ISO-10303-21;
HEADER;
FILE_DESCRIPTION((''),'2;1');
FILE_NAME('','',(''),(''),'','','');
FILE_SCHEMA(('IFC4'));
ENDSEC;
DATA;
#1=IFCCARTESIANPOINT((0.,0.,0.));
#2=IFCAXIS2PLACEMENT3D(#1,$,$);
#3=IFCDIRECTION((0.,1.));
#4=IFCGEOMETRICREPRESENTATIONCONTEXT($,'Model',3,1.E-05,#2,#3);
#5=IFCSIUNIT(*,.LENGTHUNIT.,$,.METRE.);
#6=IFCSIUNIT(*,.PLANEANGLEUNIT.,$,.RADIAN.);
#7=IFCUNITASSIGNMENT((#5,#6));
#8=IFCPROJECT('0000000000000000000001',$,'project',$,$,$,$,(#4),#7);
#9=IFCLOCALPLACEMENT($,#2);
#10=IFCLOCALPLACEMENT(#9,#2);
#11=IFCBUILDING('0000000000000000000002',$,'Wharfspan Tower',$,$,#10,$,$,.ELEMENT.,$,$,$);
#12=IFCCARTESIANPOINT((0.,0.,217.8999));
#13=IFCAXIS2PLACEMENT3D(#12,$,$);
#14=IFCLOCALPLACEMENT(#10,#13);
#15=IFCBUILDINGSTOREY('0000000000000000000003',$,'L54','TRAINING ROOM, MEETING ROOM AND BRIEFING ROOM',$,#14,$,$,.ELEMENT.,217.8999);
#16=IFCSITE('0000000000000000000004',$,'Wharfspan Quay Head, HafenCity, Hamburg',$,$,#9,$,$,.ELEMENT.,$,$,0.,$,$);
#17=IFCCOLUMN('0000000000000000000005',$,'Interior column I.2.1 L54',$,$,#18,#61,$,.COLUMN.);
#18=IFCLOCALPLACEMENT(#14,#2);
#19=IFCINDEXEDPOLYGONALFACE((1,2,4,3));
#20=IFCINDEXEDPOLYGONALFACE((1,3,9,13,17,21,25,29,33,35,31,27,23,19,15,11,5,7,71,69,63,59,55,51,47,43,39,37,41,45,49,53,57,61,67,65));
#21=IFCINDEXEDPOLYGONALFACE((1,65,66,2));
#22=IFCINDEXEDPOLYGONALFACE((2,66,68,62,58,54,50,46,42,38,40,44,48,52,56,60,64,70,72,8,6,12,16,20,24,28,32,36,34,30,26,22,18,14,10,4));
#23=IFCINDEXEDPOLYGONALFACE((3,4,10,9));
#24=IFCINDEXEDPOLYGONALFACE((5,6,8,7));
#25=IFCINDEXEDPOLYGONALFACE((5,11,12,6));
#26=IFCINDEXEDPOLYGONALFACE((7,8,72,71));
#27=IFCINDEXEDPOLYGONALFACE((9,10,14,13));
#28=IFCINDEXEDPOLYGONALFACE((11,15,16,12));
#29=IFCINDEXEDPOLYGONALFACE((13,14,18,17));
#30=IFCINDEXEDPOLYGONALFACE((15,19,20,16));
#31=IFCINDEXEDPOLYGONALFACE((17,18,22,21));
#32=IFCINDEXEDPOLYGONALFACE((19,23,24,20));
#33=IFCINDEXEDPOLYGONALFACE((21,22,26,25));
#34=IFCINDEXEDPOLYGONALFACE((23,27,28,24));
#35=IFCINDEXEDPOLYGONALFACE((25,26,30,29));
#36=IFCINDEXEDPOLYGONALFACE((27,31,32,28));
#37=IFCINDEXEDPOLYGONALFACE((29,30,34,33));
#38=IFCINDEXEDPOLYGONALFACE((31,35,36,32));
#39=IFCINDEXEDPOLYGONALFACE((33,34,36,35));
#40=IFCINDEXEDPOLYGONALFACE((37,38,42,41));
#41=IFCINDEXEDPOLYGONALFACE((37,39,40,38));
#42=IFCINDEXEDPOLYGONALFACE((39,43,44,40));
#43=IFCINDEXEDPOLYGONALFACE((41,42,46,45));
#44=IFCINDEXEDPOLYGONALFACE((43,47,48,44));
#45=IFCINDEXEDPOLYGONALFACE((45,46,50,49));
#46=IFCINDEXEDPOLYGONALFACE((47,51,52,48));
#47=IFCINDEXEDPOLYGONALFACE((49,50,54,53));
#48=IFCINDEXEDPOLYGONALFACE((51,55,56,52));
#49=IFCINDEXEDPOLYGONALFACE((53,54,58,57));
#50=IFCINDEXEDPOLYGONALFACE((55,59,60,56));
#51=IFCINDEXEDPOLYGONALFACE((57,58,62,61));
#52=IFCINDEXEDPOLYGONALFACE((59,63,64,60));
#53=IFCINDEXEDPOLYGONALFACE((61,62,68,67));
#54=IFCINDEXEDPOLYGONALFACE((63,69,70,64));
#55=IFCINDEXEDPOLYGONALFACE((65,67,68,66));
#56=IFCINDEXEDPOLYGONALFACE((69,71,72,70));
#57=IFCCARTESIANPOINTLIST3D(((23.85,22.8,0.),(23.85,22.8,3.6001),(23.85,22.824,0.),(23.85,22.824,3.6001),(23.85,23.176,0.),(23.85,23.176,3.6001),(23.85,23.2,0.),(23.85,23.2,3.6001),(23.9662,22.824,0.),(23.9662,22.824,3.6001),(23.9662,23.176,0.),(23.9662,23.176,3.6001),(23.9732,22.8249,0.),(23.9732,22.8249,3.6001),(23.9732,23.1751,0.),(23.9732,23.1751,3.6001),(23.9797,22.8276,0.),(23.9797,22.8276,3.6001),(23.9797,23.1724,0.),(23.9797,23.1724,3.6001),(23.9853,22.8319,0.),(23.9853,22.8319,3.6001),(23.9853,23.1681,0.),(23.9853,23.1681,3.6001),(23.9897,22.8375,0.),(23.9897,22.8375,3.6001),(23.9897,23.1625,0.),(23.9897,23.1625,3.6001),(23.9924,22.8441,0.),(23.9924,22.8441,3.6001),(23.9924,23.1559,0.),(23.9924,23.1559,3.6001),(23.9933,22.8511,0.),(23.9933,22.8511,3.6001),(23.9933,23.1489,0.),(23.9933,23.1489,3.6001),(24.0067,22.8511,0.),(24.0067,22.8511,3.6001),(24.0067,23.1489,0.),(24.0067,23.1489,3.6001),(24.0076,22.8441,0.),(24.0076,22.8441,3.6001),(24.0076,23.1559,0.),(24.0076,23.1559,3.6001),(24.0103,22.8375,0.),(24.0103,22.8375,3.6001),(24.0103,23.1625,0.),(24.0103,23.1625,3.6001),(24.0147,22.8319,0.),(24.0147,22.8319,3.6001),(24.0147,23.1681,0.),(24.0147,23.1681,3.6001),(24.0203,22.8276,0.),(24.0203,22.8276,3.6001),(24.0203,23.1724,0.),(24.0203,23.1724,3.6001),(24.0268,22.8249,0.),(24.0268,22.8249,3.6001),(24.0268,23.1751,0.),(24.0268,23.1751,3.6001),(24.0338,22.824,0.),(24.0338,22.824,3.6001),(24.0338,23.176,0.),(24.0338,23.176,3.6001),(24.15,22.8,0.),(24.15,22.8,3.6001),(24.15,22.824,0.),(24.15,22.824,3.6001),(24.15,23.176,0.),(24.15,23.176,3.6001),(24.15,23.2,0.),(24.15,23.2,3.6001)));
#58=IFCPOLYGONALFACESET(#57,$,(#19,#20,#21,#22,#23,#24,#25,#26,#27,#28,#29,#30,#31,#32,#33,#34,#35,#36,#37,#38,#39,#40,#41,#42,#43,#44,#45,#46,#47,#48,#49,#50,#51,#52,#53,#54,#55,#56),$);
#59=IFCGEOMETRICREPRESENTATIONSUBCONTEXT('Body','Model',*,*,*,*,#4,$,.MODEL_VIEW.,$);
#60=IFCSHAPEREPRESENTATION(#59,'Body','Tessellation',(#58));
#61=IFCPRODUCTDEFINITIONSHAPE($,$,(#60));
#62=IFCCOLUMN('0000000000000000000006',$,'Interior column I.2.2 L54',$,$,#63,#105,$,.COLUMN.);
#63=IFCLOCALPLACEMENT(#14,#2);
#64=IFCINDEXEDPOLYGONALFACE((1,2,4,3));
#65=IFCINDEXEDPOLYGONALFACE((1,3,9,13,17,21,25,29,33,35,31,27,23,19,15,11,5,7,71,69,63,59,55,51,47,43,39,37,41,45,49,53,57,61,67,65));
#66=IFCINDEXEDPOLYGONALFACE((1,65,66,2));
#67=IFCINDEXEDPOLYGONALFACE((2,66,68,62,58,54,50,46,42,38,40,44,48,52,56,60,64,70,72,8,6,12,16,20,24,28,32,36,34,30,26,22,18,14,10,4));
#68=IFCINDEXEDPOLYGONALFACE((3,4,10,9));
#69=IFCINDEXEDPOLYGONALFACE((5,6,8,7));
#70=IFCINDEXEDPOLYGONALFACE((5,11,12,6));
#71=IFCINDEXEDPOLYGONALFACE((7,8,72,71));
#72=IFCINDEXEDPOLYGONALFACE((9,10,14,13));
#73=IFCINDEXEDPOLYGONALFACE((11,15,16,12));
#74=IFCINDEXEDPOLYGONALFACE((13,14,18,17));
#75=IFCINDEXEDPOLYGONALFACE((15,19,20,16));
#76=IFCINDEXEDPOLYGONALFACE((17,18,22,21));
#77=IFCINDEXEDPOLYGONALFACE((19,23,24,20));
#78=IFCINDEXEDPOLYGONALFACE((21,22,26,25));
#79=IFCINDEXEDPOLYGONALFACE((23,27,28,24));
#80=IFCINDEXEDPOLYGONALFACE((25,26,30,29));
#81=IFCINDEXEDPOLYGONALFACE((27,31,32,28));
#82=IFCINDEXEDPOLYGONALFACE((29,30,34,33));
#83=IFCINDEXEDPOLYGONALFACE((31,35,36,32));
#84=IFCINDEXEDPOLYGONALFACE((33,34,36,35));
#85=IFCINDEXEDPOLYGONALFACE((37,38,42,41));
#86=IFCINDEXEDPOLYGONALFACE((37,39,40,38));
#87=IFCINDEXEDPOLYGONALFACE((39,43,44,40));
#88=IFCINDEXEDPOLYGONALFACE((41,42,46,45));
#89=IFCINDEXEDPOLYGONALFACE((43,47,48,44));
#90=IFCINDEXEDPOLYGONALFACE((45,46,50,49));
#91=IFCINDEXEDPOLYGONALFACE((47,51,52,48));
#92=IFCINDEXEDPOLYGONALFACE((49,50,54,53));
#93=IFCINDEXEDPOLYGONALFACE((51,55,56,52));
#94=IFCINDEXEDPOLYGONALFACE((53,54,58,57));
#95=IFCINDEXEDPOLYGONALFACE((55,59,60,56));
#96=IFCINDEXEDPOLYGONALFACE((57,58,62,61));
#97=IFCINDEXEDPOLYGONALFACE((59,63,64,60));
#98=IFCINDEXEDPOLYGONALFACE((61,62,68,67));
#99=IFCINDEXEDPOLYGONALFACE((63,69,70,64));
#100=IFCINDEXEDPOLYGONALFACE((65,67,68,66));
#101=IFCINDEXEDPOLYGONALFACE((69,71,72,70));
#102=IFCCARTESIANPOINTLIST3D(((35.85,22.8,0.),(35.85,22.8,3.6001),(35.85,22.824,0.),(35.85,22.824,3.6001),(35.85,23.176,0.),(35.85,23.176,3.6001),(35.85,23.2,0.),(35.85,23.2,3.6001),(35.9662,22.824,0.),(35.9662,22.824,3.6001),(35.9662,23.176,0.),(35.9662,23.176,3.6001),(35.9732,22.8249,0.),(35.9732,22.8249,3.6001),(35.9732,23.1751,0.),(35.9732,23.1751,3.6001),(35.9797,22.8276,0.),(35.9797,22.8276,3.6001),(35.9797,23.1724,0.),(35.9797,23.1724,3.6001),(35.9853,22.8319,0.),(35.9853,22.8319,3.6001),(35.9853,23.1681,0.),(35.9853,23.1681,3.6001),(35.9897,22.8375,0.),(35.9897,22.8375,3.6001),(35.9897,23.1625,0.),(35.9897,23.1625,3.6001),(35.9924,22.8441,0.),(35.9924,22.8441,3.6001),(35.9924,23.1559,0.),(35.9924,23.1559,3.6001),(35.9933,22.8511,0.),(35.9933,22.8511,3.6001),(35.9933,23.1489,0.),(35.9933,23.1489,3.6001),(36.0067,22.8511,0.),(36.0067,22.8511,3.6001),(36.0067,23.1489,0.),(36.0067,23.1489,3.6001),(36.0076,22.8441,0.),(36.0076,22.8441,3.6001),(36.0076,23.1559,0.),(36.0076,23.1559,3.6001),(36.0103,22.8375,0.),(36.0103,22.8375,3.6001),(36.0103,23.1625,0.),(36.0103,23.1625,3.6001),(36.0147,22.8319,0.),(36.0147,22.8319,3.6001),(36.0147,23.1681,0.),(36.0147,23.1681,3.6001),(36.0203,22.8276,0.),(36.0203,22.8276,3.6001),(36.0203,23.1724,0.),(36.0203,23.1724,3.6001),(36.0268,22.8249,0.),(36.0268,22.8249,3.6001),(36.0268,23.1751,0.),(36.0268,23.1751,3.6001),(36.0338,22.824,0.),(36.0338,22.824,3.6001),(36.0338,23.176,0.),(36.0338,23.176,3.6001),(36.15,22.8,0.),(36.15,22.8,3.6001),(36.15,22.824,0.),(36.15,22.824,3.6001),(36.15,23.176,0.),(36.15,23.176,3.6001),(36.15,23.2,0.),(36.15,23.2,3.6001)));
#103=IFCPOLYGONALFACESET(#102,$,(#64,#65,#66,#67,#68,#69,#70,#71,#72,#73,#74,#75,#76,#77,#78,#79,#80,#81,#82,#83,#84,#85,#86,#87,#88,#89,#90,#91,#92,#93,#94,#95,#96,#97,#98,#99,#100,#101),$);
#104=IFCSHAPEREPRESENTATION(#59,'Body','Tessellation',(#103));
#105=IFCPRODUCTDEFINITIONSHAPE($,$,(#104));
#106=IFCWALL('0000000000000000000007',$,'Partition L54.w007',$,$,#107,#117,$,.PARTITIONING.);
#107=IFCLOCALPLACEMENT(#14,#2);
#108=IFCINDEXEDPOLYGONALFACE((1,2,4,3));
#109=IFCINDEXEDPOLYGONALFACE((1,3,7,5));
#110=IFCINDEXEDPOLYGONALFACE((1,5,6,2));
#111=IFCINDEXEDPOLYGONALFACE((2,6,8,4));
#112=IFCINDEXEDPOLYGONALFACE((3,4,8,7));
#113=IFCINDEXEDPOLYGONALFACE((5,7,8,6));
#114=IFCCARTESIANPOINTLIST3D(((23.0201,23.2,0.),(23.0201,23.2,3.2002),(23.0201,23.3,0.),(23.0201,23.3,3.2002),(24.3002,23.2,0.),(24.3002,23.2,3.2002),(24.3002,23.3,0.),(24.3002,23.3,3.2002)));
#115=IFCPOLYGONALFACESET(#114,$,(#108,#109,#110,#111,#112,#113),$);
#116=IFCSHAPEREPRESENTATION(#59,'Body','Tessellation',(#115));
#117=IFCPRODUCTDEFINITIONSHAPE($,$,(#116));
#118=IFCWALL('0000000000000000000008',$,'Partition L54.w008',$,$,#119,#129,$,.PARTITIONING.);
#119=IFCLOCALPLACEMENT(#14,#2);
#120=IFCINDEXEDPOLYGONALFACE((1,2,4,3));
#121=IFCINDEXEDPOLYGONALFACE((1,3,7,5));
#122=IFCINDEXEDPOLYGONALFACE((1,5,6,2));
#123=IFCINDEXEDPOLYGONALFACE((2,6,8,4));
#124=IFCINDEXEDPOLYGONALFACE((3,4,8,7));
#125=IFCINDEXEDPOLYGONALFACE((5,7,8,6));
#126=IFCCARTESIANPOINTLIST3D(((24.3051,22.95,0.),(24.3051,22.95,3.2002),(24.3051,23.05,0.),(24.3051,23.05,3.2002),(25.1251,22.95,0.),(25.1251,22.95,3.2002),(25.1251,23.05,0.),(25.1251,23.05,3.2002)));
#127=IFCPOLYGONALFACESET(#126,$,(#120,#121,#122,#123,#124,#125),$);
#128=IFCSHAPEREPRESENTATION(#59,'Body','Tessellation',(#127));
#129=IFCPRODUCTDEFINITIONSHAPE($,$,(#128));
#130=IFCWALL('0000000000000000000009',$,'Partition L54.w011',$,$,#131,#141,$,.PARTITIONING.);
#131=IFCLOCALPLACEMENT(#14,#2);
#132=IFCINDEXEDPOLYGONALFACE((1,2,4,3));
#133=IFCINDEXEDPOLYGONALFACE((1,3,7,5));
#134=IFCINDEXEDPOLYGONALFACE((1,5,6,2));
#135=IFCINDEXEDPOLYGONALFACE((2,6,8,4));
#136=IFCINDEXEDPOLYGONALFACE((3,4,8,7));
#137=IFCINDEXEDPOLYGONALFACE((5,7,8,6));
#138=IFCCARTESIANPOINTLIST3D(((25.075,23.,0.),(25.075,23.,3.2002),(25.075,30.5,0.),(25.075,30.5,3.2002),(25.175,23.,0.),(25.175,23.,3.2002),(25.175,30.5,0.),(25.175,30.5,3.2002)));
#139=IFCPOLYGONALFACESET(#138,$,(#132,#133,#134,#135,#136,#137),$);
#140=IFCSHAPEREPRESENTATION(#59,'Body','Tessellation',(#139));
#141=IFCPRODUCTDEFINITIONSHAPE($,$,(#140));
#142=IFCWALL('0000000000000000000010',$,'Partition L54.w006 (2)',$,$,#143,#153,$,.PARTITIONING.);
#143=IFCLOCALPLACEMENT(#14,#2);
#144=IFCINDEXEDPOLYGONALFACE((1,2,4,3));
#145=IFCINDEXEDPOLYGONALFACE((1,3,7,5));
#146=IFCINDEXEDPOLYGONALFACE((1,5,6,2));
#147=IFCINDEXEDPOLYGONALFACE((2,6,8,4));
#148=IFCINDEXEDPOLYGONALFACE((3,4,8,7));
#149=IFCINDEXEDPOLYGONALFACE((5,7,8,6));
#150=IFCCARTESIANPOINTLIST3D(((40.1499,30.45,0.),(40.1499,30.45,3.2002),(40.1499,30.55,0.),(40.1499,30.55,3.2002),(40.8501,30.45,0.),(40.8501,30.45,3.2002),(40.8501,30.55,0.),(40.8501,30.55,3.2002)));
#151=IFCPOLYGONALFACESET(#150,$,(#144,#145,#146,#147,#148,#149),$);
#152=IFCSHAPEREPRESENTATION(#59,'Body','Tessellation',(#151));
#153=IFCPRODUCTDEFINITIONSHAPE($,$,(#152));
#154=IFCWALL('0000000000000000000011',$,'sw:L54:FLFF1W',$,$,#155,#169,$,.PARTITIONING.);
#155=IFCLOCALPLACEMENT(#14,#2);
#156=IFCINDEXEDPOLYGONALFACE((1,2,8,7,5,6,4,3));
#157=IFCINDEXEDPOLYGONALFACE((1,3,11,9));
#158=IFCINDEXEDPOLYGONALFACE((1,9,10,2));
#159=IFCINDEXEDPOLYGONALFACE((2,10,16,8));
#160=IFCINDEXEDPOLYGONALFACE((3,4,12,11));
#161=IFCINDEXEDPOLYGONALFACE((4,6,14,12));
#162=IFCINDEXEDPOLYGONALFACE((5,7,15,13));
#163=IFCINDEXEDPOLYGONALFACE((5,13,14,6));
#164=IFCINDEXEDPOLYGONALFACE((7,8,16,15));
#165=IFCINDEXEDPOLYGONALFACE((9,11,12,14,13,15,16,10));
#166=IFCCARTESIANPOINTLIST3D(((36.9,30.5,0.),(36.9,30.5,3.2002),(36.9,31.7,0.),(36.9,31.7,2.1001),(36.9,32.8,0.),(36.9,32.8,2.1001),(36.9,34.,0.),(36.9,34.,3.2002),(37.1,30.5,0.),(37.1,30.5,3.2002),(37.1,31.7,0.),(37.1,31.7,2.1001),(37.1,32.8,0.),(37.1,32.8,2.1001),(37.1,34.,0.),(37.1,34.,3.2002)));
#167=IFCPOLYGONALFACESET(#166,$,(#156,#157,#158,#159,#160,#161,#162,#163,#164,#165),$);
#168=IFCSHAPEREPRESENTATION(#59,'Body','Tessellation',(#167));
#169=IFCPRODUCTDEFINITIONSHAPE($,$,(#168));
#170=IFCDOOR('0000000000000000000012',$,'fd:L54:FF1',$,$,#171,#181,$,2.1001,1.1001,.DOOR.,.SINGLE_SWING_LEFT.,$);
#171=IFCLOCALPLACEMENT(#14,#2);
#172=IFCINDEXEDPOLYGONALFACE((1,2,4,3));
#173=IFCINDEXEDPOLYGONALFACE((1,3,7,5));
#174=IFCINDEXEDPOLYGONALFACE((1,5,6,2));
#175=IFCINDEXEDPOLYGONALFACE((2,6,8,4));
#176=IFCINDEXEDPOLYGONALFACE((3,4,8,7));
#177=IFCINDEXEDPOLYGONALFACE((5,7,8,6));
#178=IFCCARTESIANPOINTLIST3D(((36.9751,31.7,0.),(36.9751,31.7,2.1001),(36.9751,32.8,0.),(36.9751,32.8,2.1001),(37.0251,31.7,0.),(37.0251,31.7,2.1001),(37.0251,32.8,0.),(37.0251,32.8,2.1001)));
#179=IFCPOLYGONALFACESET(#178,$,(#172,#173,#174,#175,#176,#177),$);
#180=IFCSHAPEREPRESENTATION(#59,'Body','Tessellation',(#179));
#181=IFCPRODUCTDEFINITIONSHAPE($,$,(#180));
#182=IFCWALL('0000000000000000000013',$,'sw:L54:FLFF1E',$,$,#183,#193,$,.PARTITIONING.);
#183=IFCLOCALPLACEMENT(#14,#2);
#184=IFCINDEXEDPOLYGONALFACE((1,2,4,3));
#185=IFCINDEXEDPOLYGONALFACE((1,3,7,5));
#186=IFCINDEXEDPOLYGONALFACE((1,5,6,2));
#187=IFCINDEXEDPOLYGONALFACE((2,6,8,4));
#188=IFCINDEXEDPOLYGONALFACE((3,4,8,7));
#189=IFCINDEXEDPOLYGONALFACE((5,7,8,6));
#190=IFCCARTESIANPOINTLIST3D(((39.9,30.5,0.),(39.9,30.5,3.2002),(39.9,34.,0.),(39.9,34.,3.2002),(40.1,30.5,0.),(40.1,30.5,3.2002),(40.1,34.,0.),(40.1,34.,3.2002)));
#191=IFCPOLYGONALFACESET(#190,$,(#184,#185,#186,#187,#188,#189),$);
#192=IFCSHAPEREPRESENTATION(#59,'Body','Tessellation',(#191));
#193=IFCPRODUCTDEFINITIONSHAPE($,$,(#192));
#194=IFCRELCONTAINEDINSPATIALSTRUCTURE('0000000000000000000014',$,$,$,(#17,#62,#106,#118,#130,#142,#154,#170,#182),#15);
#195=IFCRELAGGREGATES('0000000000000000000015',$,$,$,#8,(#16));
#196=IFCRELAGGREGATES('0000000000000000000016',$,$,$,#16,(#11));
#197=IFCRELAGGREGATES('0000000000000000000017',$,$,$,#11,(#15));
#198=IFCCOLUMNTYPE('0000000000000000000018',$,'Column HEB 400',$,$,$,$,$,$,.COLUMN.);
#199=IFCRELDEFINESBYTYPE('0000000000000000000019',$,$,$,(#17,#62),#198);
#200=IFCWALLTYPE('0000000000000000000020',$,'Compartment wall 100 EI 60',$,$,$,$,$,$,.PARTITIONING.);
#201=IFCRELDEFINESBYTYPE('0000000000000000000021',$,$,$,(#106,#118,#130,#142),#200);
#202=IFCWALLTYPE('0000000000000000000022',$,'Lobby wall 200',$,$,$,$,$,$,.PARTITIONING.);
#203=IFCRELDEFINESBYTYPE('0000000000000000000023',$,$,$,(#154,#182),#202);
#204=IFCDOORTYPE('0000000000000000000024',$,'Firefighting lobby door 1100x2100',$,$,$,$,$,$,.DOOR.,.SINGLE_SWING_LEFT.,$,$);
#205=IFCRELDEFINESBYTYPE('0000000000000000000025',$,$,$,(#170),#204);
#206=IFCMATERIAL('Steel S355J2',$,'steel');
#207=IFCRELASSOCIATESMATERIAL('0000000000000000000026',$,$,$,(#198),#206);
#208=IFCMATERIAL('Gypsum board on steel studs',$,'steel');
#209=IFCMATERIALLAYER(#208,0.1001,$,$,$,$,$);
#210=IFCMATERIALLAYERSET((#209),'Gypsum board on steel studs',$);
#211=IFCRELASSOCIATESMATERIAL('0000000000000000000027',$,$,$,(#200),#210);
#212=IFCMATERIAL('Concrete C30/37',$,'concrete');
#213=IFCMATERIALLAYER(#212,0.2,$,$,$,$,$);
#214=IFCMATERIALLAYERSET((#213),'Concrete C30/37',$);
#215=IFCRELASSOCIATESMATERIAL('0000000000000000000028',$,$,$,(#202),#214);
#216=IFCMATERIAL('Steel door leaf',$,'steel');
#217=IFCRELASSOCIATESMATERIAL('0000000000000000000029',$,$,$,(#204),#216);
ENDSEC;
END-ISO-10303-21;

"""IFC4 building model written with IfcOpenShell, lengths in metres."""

from ifc_helpers import new_model, si_unit, direction, frame, frame_2d, origin, origin_2d, place, context, subcontext, project, spatial, rectangle, i_section, extrude, material, layer, layer_set, material_profile, profile_set, type_object, element, fill, save


model = new_model("IFC4")

# Units and contexts
model_context = context("Model", 3, precision=1e-05, world=origin(), true_north=direction((0.0, 1.0)))
body_context = subcontext(model_context, "Body", "Model", "MODEL_VIEW")
ifc_project = project(units=[si_unit("LENGTHUNIT", "METRE"), si_unit("PLANEANGLEUNIT", "RADIAN")], contexts=[model_context])

# Site, building, storey
site_placement = place(None, origin())
site = spatial("IfcSite", under=ifc_project, at=site_placement, Name="Wharfspan Quay Head, HafenCity, Hamburg", CompositionType="ELEMENT", RefElevation=0.0)
building_placement = place(site_placement, origin())
building = spatial("IfcBuilding", under=site, at=building_placement, Name="Wharfspan Tower", CompositionType="ELEMENT")
storey_placement = place(building_placement, frame((0.0, 0.0, 217.8999)))
storey = spatial("IfcBuildingStorey", under=building, at=storey_placement, Name="L54", Description="TRAINING ROOM, MEETING ROOM AND BRIEFING ROOM", CompositionType="ELEMENT", Elevation=217.8999)

# Columns
ifc_material_1 = material(Name="Steel S355J2", Category="steel")
ifc_material_profile = material_profile(ifc_material_1, i_section(OverallWidth=0.3, OverallDepth=0.3999, WebThickness=0.0134, FlangeThickness=0.0239, FilletRadius=0.0271, at=origin_2d()))
ifc_profile_set = profile_set([ifc_material_profile], Name="Steel S355J2")
column_type = type_object("IfcColumnType", Name="Column HEB 400", PredefinedType="COLUMN", material=ifc_profile_set)
for number, where, z_axis, x_axis, name in (
    (1, (24.0, 23.0, 0.0), (0.0, 0.0, 1.0), (1.0, 0.0, 0.0), "Interior column I.2.1 L54"),
    (2, (36.0, 23.0, 0.0), (0.0, 0.0, 1.0), (1.0, 0.0, 0.0), "Interior column I.2.2 L54"),
):
    element("IfcColumn", number, at=place(storey_placement, frame(where, z_axis=z_axis, x_axis=x_axis)), inside=storey, type_object=column_type, Name=name, PredefinedType="COLUMN", context=body_context, shape_type="SweptSolid", body=[
        extrude(i_section(OverallWidth=0.3, OverallDepth=0.3999, WebThickness=0.0134, FlangeThickness=0.0239, FilletRadius=0.0271, at=origin_2d()), origin(), (0.0, 0.0, 1.0), 3.6001),
    ])

# Walls
ifc_material_2 = material(Name="Gypsum board on steel studs", Category="steel")
ifc_layer_1 = layer(ifc_material_2, 0.1001)
ifc_layer_set_1 = layer_set([ifc_layer_1], Name="Gypsum board on steel studs")
wall_type_1 = type_object("IfcWallType", Name="Compartment wall 100 EI 60", PredefinedType="PARTITIONING", material=ifc_layer_set_1)
wall_1_placement = place(storey_placement, frame((23.02, 23.25, 0.0), z_axis=(0.0, 0.0, 1.0), x_axis=(1.0, 0.0, 0.0)))
element("IfcWall", 3, at=wall_1_placement, inside=storey, type_object=wall_type_1, Name="Partition L54.w007", PredefinedType="PARTITIONING", context=body_context, shape_type="SweptSolid", body=[
    extrude(rectangle(XDim=1.28, YDim=0.1001, at=frame_2d((0.6401, 0.0))), origin(), (0.0, 0.0, 1.0), 3.2002),
])
wall_2_placement = place(storey_placement, frame((24.3049, 23.0, 0.0), z_axis=(0.0, 0.0, 1.0), x_axis=(1.0, 0.0, 0.0)))
element("IfcWall", 4, at=wall_2_placement, inside=storey, type_object=wall_type_1, Name="Partition L54.w008", PredefinedType="PARTITIONING", context=body_context, shape_type="SweptSolid", body=[
    extrude(rectangle(XDim=0.8201, YDim=0.1001, at=frame_2d((0.4102, 0.0))), origin(), (0.0, 0.0, 1.0), 3.2002),
])
wall_3_placement = place(storey_placement, frame((25.125, 23.0, 0.0), z_axis=(0.0, 0.0, 1.0), x_axis=(0.0, 1.0, 0.0)))
element("IfcWall", 5, at=wall_3_placement, inside=storey, type_object=wall_type_1, Name="Partition L54.w011", PredefinedType="PARTITIONING", context=body_context, shape_type="SweptSolid", body=[
    extrude(rectangle(XDim=7.5, YDim=0.1001, at=frame_2d((3.75, 0.0))), origin(), (0.0, 0.0, 1.0), 3.2002),
])
wall_4_placement = place(storey_placement, frame((40.1499, 30.5, 0.0), z_axis=(0.0, 0.0, 1.0), x_axis=(1.0, 0.0, 0.0)))
element("IfcWall", 6, at=wall_4_placement, inside=storey, type_object=wall_type_1, Name="Partition L54.w006 (2)", PredefinedType="PARTITIONING", context=body_context, shape_type="SweptSolid", body=[
    extrude(rectangle(XDim=0.7002, YDim=0.1001, at=frame_2d((0.3501, 0.0))), origin(), (0.0, 0.0, 1.0), 3.2002),
])

# Wall, opening, door
ifc_material_3 = material(Name="Concrete C30/37", Category="concrete")
ifc_layer_2 = layer(ifc_material_3, 0.2)
ifc_layer_set_2 = layer_set([ifc_layer_2], Name="Concrete C30/37")
wall_type_2 = type_object("IfcWallType", Name="Lobby wall 200", PredefinedType="PARTITIONING", material=ifc_layer_set_2)
wall_5_placement = place(storey_placement, frame((37.0, 30.5, 0.0), z_axis=(0.0, 0.0, 1.0), x_axis=(0.0, 1.0, 0.0)))
wall_5 = element("IfcWall", 7, at=wall_5_placement, inside=storey, type_object=wall_type_2, Name="sw:L54:FLFF1W", PredefinedType="PARTITIONING", context=body_context, shape_type="SweptSolid", body=[
    extrude(rectangle(XDim=3.5, YDim=0.2, at=frame_2d((1.75, 0.0))), origin(), (0.0, 0.0, 1.0), 3.2002),
])
opening_placement = place(wall_5_placement, frame((1.2, 0.0, 0.0)))
opening = element("IfcOpeningElement", 8, at=opening_placement, cuts=wall_5, PredefinedType="OPENING", context=body_context, shape_type="SweptSolid", body=[
    extrude(rectangle(XDim=1.1001, YDim=2.1001, at=frame_2d((0.55, 1.05))), frame((0.0, 0.1099, 0.0), z_axis=(0.0, -1.0, 0.0), x_axis=(1.0, 0.0, 0.0)), (0.0, 0.0, 1.0), 0.22),
])
ifc_material_4 = material(Name="Steel door leaf", Category="steel")
door_type = type_object("IfcDoorType", Name="Firefighting lobby door 1100x2100", OperationType="SINGLE_SWING_LEFT", PredefinedType="DOOR", material=ifc_material_4)
door_placement = place(opening_placement, origin())
door = element("IfcDoor", 9, at=door_placement, inside=storey, type_object=door_type, Name="fd:L54:FF1", OperationType="SINGLE_SWING_LEFT", OverallHeight=2.1001, OverallWidth=1.1001, PredefinedType="DOOR", context=body_context, shape_type="SweptSolid", body=[
    extrude(rectangle(XDim=1.1001, YDim=2.1001, at=frame_2d((0.55, 1.05))), frame((0.0, 0.0249, 0.0), z_axis=(0.0, -1.0, 0.0), x_axis=(1.0, 0.0, 0.0)), (0.0, 0.0, 1.0), 0.05),
])
fill(opening, door)

# Wall
wall_6_placement = place(storey_placement, frame((40.0, 30.5, 0.0), z_axis=(0.0, 0.0, 1.0), x_axis=(0.0, 1.0, 0.0)))
element("IfcWall", 10, at=wall_6_placement, inside=storey, type_object=wall_type_2, Name="sw:L54:FLFF1E", PredefinedType="PARTITIONING", context=body_context, shape_type="SweptSolid", body=[
    extrude(rectangle(XDim=3.5, YDim=0.2, at=frame_2d((1.75, 0.0))), origin(), (0.0, 0.0, 1.0), 3.2002),
])

save(model, "model.ifc")
